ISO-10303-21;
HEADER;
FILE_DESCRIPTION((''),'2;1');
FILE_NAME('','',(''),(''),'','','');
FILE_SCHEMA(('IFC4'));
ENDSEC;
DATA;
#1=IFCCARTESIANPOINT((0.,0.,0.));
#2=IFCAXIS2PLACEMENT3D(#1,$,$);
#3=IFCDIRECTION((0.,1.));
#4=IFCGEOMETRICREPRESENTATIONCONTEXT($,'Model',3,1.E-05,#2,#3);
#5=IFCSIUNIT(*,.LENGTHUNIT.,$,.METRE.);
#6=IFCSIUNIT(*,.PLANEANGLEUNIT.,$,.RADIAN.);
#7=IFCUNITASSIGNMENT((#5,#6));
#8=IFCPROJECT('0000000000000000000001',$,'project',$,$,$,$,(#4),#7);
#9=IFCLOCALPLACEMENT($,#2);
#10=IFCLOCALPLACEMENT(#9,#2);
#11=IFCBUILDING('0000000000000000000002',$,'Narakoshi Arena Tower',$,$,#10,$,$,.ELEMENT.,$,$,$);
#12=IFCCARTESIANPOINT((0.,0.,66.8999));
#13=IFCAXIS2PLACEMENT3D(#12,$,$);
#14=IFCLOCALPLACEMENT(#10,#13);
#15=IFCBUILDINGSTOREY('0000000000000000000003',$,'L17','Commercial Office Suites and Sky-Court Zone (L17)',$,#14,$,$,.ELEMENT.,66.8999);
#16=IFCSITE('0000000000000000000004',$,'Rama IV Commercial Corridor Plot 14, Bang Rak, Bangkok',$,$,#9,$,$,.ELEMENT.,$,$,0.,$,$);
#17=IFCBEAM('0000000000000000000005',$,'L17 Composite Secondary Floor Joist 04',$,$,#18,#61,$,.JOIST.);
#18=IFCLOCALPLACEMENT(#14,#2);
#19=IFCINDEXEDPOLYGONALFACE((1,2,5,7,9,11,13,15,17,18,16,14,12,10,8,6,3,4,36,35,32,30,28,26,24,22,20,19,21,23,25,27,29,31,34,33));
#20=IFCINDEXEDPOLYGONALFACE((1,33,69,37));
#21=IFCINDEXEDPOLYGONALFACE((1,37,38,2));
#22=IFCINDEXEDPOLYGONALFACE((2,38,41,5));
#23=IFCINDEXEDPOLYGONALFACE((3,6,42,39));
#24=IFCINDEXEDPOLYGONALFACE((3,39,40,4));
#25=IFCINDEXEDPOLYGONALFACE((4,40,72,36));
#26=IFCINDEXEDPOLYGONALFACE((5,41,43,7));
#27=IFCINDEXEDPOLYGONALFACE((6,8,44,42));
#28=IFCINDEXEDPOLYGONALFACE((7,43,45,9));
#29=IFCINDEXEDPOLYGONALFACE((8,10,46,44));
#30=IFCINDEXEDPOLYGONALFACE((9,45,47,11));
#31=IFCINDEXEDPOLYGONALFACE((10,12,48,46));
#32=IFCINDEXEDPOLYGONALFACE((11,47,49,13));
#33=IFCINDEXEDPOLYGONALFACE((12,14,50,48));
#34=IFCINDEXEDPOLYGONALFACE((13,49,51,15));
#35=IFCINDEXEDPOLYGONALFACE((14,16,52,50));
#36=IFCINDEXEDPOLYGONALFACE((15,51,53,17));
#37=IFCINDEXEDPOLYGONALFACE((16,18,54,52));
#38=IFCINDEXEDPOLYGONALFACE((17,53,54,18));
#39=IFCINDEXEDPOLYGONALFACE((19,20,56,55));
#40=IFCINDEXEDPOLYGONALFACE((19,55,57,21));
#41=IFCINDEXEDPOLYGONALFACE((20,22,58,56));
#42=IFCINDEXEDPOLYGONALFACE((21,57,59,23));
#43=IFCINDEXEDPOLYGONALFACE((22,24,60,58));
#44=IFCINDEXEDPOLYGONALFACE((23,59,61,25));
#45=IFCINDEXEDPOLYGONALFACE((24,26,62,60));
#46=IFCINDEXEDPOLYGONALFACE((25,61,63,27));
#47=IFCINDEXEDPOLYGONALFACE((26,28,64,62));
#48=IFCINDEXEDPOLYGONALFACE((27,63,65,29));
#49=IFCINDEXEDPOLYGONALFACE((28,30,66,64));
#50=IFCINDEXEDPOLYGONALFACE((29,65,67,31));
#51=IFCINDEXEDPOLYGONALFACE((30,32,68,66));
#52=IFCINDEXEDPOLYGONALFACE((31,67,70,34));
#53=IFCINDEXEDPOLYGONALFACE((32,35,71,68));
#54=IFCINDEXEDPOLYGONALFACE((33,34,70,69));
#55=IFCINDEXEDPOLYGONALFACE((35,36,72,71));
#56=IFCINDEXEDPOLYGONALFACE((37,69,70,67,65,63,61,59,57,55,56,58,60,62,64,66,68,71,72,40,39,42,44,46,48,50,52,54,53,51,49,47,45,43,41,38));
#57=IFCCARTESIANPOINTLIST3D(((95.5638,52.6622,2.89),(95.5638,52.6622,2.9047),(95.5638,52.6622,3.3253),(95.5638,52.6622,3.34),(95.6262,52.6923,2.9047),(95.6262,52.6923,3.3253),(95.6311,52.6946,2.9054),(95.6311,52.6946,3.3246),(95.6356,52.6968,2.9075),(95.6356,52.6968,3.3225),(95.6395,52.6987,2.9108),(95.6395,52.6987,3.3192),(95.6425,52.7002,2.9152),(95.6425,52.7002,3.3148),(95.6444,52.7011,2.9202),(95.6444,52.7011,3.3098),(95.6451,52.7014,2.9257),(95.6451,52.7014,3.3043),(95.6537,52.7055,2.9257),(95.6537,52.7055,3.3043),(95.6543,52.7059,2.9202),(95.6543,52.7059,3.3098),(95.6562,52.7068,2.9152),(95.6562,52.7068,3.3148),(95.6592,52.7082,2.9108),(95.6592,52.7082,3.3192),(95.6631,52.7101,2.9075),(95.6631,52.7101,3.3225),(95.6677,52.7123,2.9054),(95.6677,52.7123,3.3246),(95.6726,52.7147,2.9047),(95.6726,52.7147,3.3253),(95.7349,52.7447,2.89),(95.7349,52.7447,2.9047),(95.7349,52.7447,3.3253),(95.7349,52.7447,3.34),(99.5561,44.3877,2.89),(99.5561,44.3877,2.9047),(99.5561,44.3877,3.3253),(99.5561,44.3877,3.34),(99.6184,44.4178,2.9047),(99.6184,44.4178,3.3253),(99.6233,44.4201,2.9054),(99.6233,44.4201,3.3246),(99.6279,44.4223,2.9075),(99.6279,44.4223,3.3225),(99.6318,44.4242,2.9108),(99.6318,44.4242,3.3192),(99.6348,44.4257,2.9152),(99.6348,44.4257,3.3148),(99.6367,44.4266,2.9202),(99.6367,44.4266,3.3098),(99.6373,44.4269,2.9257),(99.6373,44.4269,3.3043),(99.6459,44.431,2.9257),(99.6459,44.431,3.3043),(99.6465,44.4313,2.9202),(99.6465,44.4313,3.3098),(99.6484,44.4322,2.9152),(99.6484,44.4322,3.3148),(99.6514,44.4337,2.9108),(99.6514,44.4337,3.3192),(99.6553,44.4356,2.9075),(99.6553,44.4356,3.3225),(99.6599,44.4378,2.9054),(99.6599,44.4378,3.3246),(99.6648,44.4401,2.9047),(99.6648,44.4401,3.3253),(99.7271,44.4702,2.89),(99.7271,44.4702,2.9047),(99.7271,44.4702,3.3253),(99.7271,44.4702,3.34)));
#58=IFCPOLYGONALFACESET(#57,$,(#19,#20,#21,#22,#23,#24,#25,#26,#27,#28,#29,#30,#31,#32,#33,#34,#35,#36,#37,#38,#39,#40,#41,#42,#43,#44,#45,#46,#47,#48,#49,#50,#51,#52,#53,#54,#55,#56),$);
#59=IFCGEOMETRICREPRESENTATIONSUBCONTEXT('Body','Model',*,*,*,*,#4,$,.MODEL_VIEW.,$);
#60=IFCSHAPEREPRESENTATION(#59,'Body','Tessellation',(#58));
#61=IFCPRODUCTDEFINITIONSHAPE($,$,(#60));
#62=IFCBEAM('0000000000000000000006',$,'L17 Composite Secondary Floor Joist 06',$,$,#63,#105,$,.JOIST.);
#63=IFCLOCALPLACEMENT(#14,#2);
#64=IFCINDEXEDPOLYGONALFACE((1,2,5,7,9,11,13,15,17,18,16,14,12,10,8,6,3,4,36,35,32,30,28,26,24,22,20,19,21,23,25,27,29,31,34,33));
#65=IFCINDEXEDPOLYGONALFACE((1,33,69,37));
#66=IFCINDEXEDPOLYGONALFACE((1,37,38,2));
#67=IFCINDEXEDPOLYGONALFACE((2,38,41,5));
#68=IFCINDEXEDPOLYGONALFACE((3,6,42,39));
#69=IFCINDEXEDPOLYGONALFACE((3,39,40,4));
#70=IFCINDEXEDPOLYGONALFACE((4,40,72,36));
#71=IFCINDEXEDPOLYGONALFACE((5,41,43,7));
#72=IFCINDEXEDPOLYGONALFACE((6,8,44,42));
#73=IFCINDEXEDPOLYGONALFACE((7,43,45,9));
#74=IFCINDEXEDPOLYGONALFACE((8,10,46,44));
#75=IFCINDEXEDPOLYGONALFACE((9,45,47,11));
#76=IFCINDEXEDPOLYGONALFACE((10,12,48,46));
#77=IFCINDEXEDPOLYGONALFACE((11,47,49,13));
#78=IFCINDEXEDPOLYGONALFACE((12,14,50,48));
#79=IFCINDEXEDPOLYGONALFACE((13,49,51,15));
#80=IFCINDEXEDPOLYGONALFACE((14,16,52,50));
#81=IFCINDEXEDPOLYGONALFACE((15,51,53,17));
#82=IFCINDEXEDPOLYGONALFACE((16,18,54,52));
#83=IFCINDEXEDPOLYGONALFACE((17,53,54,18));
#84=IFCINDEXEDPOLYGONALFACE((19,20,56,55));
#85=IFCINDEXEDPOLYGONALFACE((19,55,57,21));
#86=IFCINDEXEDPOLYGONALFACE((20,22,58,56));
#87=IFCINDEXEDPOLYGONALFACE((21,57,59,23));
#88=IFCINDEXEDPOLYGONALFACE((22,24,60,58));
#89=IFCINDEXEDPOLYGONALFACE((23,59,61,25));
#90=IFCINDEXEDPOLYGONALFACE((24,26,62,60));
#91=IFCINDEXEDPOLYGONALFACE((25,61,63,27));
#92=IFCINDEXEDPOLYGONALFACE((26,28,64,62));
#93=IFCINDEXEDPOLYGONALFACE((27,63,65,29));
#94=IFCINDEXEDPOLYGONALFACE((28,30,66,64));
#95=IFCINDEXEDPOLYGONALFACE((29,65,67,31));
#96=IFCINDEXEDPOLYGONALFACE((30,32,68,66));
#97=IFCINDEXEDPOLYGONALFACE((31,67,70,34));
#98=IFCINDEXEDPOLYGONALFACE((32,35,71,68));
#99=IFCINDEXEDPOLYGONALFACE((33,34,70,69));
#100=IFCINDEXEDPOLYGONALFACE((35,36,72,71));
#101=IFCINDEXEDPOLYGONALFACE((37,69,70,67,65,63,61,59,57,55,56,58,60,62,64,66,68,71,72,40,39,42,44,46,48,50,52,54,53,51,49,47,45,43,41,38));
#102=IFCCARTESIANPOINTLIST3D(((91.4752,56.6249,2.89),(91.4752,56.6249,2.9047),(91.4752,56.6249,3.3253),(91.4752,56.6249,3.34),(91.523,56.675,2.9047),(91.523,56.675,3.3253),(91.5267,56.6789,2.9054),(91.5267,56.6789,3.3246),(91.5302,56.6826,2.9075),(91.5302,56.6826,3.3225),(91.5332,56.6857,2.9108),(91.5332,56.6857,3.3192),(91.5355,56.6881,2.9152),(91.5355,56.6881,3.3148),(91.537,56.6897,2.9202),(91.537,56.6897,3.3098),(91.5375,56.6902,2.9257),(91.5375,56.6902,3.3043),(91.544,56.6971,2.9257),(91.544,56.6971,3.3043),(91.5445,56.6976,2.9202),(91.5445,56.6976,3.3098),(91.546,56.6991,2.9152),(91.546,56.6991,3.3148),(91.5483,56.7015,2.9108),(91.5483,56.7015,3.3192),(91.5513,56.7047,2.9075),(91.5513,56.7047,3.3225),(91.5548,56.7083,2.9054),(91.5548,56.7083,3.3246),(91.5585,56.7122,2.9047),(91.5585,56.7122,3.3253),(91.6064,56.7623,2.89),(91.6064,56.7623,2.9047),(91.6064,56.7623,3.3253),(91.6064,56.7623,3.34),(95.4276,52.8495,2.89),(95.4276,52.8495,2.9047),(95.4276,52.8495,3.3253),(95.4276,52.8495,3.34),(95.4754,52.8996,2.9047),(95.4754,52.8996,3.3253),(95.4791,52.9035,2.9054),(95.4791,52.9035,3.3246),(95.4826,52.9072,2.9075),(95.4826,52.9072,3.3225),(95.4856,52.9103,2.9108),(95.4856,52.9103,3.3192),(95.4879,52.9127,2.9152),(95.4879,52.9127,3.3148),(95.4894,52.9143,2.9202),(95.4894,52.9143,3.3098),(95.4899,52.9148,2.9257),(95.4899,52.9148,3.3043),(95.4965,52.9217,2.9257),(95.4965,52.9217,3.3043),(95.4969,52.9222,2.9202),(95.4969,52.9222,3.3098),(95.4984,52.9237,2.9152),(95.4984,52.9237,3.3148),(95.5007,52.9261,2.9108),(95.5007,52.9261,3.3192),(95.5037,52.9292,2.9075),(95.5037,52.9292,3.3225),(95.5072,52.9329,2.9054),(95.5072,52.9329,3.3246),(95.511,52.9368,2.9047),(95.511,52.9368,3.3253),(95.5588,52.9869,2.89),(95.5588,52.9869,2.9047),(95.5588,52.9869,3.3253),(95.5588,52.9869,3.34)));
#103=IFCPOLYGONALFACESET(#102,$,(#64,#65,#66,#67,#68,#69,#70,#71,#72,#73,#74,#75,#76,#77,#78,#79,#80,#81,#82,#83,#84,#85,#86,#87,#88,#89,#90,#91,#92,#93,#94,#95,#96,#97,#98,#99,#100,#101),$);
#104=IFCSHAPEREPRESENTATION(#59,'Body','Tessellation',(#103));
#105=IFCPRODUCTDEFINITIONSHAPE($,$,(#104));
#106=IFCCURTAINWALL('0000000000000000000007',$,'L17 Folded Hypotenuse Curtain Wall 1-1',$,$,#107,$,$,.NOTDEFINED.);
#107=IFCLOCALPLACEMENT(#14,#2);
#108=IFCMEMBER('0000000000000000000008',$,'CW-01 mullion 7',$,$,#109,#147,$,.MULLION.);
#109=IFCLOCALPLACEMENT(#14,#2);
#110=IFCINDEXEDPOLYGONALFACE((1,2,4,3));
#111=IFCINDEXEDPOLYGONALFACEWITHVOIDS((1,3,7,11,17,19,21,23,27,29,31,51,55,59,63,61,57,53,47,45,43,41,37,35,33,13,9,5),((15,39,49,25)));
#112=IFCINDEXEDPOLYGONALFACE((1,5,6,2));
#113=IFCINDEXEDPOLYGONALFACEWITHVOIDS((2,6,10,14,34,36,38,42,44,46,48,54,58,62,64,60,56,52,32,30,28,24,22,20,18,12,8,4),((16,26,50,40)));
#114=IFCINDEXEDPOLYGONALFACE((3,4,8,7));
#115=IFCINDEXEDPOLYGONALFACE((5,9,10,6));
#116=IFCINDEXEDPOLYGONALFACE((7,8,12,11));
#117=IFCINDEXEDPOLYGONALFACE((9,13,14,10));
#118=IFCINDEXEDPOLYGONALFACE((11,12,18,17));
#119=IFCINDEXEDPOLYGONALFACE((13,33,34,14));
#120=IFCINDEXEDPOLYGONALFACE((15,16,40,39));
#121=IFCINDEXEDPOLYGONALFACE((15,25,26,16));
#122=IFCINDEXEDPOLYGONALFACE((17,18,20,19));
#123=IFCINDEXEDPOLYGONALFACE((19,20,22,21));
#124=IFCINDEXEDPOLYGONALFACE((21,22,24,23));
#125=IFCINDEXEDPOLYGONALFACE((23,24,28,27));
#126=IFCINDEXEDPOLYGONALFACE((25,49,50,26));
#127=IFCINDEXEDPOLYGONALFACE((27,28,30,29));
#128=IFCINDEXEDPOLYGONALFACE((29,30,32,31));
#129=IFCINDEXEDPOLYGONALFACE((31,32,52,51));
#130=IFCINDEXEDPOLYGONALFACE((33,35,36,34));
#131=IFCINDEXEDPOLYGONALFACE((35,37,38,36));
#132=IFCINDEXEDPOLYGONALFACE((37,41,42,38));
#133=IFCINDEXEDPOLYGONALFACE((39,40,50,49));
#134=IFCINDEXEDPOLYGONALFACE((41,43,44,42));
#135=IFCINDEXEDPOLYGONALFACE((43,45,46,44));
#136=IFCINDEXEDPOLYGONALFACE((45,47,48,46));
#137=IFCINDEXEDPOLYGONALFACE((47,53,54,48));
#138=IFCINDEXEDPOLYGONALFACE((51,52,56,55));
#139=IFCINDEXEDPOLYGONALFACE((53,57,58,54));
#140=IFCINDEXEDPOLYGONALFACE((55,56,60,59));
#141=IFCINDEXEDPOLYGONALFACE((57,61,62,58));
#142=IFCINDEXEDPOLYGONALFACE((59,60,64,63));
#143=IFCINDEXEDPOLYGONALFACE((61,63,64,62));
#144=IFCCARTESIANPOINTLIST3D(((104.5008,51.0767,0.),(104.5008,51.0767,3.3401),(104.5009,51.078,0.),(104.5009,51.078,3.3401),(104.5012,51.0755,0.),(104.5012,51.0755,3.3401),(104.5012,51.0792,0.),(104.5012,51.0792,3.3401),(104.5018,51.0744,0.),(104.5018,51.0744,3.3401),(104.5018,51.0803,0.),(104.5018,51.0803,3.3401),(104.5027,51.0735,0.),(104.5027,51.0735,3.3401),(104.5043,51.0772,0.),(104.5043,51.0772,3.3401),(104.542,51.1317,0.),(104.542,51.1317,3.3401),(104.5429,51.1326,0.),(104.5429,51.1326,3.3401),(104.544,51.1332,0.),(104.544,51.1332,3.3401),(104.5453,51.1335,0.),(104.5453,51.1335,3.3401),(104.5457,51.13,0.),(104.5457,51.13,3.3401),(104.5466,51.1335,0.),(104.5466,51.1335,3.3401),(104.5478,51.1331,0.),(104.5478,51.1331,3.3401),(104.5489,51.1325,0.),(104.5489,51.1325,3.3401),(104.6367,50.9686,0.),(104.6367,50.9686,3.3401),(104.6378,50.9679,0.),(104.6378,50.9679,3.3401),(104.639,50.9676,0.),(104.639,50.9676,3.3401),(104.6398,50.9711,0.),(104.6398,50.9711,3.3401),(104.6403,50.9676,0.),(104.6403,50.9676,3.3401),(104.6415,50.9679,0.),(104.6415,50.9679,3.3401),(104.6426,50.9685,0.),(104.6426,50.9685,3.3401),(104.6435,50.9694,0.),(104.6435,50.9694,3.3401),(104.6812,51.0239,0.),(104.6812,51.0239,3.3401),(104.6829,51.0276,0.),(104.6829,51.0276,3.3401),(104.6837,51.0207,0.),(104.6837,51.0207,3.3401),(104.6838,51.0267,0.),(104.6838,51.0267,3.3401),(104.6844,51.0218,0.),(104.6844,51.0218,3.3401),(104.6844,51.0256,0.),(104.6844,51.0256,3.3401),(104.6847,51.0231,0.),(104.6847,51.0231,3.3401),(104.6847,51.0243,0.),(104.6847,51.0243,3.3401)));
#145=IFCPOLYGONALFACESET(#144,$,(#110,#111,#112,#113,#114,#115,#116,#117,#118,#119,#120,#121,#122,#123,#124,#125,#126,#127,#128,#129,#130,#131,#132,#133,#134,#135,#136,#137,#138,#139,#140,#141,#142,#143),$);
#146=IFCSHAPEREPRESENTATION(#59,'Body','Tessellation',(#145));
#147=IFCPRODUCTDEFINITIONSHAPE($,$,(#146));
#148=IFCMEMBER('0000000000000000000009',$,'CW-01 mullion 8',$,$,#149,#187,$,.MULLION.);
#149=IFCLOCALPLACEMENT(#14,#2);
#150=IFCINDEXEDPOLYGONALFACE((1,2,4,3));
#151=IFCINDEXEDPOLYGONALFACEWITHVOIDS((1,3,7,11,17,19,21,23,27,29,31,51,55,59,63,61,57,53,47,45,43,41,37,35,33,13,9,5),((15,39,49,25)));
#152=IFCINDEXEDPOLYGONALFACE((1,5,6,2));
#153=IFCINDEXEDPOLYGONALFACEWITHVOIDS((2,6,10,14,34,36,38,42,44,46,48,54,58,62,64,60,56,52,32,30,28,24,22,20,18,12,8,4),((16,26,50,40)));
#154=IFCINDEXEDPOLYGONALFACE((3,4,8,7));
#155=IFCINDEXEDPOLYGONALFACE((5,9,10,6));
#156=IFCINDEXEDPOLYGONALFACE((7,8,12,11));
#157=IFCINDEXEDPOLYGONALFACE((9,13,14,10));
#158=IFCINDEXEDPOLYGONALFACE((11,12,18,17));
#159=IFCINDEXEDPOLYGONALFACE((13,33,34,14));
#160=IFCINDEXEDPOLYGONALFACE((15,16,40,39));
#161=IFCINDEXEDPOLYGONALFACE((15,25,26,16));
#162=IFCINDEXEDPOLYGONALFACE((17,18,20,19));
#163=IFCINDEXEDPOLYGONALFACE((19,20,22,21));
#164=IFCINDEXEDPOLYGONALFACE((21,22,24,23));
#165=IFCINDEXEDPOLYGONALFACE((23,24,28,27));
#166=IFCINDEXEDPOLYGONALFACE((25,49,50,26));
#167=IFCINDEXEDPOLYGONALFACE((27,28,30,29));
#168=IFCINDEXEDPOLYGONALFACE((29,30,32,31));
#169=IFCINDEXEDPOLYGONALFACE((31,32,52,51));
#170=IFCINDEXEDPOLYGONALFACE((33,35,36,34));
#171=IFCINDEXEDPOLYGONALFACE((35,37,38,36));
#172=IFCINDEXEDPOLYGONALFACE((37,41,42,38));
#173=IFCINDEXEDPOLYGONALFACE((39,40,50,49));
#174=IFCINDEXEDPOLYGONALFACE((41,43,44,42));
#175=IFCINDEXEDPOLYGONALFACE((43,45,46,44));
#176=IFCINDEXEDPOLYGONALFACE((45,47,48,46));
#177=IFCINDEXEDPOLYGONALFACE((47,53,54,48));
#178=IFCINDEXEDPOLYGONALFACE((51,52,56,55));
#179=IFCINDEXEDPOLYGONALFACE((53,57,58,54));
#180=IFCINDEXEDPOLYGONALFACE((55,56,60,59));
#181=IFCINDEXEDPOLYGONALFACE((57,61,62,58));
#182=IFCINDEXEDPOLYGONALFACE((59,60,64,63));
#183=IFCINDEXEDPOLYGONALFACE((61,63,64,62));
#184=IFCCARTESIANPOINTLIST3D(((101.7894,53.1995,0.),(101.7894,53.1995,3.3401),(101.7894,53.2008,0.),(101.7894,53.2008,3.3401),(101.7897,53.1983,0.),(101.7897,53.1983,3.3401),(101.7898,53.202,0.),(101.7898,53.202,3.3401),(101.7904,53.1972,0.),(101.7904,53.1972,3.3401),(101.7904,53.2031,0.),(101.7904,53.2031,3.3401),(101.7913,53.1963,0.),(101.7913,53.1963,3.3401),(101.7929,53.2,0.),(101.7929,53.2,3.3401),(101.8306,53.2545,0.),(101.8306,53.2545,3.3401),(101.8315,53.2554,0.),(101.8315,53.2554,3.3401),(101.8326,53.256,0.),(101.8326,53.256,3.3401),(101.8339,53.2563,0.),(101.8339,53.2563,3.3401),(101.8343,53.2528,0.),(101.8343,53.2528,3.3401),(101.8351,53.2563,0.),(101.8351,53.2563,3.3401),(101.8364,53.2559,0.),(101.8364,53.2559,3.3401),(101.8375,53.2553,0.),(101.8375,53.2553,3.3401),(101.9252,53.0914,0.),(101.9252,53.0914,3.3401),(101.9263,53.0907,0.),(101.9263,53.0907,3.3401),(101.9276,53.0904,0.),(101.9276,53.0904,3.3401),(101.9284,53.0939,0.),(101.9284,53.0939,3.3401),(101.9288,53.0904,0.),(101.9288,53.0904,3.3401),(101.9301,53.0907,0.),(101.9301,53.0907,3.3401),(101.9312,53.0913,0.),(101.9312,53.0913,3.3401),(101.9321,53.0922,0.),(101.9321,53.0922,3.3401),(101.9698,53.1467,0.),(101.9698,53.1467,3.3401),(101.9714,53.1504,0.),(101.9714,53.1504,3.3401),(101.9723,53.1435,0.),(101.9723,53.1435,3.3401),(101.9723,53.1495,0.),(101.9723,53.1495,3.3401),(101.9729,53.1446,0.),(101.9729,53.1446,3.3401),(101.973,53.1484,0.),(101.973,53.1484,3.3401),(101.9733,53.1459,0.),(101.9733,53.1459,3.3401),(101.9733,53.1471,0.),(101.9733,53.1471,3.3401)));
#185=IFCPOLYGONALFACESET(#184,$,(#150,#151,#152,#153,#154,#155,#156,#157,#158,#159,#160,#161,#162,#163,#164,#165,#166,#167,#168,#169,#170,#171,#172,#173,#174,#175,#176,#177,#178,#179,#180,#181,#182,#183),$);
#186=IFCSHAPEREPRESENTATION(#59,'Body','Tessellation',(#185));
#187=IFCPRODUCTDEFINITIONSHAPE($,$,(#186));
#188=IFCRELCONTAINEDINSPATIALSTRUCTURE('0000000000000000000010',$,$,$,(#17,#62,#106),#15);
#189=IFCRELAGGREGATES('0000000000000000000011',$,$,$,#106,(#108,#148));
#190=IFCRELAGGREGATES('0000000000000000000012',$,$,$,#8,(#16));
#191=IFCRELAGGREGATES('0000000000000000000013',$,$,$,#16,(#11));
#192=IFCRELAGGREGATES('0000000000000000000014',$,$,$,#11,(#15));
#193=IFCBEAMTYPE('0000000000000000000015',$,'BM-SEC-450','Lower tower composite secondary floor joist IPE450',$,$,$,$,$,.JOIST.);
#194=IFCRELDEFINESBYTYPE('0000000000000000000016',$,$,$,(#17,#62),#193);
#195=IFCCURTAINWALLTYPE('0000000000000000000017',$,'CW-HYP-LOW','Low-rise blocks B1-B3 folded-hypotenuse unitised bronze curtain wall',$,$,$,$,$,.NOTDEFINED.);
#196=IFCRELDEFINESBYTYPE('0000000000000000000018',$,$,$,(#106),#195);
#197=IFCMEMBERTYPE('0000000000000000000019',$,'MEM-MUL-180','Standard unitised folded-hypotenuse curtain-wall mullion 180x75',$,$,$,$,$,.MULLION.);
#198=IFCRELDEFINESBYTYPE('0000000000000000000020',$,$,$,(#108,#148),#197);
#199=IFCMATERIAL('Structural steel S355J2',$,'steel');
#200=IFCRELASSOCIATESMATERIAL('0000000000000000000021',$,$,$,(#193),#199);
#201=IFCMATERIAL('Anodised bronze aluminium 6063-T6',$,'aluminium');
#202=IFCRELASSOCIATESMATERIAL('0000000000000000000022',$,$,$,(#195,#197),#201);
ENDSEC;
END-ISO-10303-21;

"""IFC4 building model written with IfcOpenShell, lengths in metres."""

from ifc_helpers import new_model, si_unit, direction, frame, origin, origin_2d, place, context, subcontext, project, spatial, hollow_rectangle, i_section, extrude, material, material_profile, profile_set, type_object, element, aggregate, save


model = new_model("IFC4")

# Units and contexts
model_context = context("Model", 3, precision=1e-05, world=origin(), true_north=direction((0.0, 1.0)))
body_context = subcontext(model_context, "Body", "Model", "MODEL_VIEW")
ifc_project = project(units=[si_unit("LENGTHUNIT", "METRE"), si_unit("PLANEANGLEUNIT", "RADIAN")], contexts=[model_context])

# Site, building, storey
site_placement = place(None, origin())
site = spatial("IfcSite", under=ifc_project, at=site_placement, Name="Rama IV Commercial Corridor Plot 14, Bang Rak, Bangkok", CompositionType="ELEMENT", RefElevation=0.0)
building_placement = place(site_placement, origin())
building = spatial("IfcBuilding", under=site, at=building_placement, Name="Narakoshi Arena Tower", CompositionType="ELEMENT")
storey_placement = place(building_placement, frame((0.0, 0.0, 66.8999)))
storey = spatial("IfcBuildingStorey", under=building, at=storey_placement, Name="L17", Description="Commercial Office Suites and Sky-Court Zone (L17)", CompositionType="ELEMENT", Elevation=66.8999)

# Beams
ifc_material_1 = material(Name="Structural steel S355J2", Category="steel")
ifc_material_profile_1 = material_profile(ifc_material_1, i_section(OverallWidth=0.1899, OverallDepth=0.45, WebThickness=0.0095, FlangeThickness=0.0146, FilletRadius=0.021, at=origin_2d()), Name="IPE450")
ifc_profile_set_1 = profile_set([ifc_material_profile_1], Name="Structural steel S355J2")
beam_type_1 = type_object("IfcBeamType", Name="BM-SEC-450", Description="Lower tower composite secondary floor joist IPE450", PredefinedType="JOIST", material=ifc_profile_set_1)
beam_1_placement = place(storey_placement, frame((99.6416, 44.429, 3.115), z_axis=(-0.434541, 0.900652, 0.0), x_axis=(-0.900652, -0.434541, 0.0)))
element("IfcBeam", 1, at=beam_1_placement, inside=storey, type_object=beam_type_1, Name="L17 Composite Secondary Floor Joist 04", PredefinedType="JOIST", context=body_context, shape_type="SweptSolid", body=[
    extrude(i_section(OverallWidth=0.1899, OverallDepth=0.45, WebThickness=0.0095, FlangeThickness=0.0146, FilletRadius=0.021, at=origin_2d()), origin(), (0.0, 0.0, 1.0), 9.1873),
])
beam_2_placement = place(storey_placement, frame((95.4932, 52.9182, 3.115), z_axis=(-0.723113, 0.69073, 0.0), x_axis=(-0.69073, -0.723113, 0.0)))
element("IfcBeam", 2, at=beam_2_placement, inside=storey, type_object=beam_type_1, Name="L17 Composite Secondary Floor Joist 06", PredefinedType="JOIST", context=body_context, shape_type="SweptSolid", body=[
    extrude(i_section(OverallWidth=0.1899, OverallDepth=0.45, WebThickness=0.0095, FlangeThickness=0.0146, FilletRadius=0.021, at=origin_2d()), origin(), (0.0, 0.0, 1.0), 5.4658),
])

# Curtain wall, members
ifc_material_2 = material(Name="Anodised bronze aluminium 6063-T6", Category="aluminium")
curtain_wall_type = type_object("IfcCurtainWallType", Name="CW-HYP-LOW", Description="Low-rise blocks B1-B3 folded-hypotenuse unitised bronze curtain wall", PredefinedType="NOTDEFINED", material=ifc_material_2)
curtain_wall_1_placement = place(storey_placement, origin())
curtain_wall_1 = element("IfcCurtainWall", 3, at=curtain_wall_1_placement, inside=storey, type_object=curtain_wall_type, Name="L17 Folded Hypotenuse Curtain Wall 1-1", PredefinedType="NOTDEFINED")
ifc_material_profile_2 = material_profile(ifc_material_2, hollow_rectangle(XDim=0.075, YDim=0.1799, WallThickness=0.0039, OuterFilletRadius=0.0049, at=origin_2d()), Name="MUL180x75x4")
ifc_profile_set_2 = profile_set([ifc_material_profile_2], Name="Anodised bronze aluminium 6063-T6")
member_type_1 = type_object("IfcMemberType", Name="MEM-MUL-180", Description="Standard unitised folded-hypotenuse curtain-wall mullion 180x75", PredefinedType="MULLION", material=ifc_profile_set_2)
member_1_placement = place(storey_placement, frame((104.5928, 51.0505, 0.0), z_axis=(0.0, 0.0, 1.0), x_axis=(-0.616458, -0.787388, 0.0)))
member_1 = element("IfcMember", 4, at=member_1_placement, type_object=member_type_1, Name="CW-01 mullion 7", PredefinedType="MULLION", context=body_context, shape_type="SweptSolid", body=[
    extrude(hollow_rectangle(XDim=0.075, YDim=0.1799, WallThickness=0.0039, OuterFilletRadius=0.0049, at=origin_2d()), origin(), (0.0, 0.0, 1.0), 3.3401),
])
member_2_placement = place(storey_placement, frame((101.8813, 53.1733, 0.0), z_axis=(0.0, 0.0, 1.0), x_axis=(-0.616458, -0.787388, 0.0)))
member_2 = element("IfcMember", 5, at=member_2_placement, type_object=member_type_1, Name="CW-01 mullion 8", PredefinedType="MULLION", context=body_context, shape_type="SweptSolid", body=[
    extrude(hollow_rectangle(XDim=0.075, YDim=0.1799, WallThickness=0.0039, OuterFilletRadius=0.0049, at=origin_2d()), origin(), (0.0, 0.0, 1.0), 3.3401),
])

aggregate(curtain_wall_1, [member_1, member_2])

save(model, "model.ifc")
